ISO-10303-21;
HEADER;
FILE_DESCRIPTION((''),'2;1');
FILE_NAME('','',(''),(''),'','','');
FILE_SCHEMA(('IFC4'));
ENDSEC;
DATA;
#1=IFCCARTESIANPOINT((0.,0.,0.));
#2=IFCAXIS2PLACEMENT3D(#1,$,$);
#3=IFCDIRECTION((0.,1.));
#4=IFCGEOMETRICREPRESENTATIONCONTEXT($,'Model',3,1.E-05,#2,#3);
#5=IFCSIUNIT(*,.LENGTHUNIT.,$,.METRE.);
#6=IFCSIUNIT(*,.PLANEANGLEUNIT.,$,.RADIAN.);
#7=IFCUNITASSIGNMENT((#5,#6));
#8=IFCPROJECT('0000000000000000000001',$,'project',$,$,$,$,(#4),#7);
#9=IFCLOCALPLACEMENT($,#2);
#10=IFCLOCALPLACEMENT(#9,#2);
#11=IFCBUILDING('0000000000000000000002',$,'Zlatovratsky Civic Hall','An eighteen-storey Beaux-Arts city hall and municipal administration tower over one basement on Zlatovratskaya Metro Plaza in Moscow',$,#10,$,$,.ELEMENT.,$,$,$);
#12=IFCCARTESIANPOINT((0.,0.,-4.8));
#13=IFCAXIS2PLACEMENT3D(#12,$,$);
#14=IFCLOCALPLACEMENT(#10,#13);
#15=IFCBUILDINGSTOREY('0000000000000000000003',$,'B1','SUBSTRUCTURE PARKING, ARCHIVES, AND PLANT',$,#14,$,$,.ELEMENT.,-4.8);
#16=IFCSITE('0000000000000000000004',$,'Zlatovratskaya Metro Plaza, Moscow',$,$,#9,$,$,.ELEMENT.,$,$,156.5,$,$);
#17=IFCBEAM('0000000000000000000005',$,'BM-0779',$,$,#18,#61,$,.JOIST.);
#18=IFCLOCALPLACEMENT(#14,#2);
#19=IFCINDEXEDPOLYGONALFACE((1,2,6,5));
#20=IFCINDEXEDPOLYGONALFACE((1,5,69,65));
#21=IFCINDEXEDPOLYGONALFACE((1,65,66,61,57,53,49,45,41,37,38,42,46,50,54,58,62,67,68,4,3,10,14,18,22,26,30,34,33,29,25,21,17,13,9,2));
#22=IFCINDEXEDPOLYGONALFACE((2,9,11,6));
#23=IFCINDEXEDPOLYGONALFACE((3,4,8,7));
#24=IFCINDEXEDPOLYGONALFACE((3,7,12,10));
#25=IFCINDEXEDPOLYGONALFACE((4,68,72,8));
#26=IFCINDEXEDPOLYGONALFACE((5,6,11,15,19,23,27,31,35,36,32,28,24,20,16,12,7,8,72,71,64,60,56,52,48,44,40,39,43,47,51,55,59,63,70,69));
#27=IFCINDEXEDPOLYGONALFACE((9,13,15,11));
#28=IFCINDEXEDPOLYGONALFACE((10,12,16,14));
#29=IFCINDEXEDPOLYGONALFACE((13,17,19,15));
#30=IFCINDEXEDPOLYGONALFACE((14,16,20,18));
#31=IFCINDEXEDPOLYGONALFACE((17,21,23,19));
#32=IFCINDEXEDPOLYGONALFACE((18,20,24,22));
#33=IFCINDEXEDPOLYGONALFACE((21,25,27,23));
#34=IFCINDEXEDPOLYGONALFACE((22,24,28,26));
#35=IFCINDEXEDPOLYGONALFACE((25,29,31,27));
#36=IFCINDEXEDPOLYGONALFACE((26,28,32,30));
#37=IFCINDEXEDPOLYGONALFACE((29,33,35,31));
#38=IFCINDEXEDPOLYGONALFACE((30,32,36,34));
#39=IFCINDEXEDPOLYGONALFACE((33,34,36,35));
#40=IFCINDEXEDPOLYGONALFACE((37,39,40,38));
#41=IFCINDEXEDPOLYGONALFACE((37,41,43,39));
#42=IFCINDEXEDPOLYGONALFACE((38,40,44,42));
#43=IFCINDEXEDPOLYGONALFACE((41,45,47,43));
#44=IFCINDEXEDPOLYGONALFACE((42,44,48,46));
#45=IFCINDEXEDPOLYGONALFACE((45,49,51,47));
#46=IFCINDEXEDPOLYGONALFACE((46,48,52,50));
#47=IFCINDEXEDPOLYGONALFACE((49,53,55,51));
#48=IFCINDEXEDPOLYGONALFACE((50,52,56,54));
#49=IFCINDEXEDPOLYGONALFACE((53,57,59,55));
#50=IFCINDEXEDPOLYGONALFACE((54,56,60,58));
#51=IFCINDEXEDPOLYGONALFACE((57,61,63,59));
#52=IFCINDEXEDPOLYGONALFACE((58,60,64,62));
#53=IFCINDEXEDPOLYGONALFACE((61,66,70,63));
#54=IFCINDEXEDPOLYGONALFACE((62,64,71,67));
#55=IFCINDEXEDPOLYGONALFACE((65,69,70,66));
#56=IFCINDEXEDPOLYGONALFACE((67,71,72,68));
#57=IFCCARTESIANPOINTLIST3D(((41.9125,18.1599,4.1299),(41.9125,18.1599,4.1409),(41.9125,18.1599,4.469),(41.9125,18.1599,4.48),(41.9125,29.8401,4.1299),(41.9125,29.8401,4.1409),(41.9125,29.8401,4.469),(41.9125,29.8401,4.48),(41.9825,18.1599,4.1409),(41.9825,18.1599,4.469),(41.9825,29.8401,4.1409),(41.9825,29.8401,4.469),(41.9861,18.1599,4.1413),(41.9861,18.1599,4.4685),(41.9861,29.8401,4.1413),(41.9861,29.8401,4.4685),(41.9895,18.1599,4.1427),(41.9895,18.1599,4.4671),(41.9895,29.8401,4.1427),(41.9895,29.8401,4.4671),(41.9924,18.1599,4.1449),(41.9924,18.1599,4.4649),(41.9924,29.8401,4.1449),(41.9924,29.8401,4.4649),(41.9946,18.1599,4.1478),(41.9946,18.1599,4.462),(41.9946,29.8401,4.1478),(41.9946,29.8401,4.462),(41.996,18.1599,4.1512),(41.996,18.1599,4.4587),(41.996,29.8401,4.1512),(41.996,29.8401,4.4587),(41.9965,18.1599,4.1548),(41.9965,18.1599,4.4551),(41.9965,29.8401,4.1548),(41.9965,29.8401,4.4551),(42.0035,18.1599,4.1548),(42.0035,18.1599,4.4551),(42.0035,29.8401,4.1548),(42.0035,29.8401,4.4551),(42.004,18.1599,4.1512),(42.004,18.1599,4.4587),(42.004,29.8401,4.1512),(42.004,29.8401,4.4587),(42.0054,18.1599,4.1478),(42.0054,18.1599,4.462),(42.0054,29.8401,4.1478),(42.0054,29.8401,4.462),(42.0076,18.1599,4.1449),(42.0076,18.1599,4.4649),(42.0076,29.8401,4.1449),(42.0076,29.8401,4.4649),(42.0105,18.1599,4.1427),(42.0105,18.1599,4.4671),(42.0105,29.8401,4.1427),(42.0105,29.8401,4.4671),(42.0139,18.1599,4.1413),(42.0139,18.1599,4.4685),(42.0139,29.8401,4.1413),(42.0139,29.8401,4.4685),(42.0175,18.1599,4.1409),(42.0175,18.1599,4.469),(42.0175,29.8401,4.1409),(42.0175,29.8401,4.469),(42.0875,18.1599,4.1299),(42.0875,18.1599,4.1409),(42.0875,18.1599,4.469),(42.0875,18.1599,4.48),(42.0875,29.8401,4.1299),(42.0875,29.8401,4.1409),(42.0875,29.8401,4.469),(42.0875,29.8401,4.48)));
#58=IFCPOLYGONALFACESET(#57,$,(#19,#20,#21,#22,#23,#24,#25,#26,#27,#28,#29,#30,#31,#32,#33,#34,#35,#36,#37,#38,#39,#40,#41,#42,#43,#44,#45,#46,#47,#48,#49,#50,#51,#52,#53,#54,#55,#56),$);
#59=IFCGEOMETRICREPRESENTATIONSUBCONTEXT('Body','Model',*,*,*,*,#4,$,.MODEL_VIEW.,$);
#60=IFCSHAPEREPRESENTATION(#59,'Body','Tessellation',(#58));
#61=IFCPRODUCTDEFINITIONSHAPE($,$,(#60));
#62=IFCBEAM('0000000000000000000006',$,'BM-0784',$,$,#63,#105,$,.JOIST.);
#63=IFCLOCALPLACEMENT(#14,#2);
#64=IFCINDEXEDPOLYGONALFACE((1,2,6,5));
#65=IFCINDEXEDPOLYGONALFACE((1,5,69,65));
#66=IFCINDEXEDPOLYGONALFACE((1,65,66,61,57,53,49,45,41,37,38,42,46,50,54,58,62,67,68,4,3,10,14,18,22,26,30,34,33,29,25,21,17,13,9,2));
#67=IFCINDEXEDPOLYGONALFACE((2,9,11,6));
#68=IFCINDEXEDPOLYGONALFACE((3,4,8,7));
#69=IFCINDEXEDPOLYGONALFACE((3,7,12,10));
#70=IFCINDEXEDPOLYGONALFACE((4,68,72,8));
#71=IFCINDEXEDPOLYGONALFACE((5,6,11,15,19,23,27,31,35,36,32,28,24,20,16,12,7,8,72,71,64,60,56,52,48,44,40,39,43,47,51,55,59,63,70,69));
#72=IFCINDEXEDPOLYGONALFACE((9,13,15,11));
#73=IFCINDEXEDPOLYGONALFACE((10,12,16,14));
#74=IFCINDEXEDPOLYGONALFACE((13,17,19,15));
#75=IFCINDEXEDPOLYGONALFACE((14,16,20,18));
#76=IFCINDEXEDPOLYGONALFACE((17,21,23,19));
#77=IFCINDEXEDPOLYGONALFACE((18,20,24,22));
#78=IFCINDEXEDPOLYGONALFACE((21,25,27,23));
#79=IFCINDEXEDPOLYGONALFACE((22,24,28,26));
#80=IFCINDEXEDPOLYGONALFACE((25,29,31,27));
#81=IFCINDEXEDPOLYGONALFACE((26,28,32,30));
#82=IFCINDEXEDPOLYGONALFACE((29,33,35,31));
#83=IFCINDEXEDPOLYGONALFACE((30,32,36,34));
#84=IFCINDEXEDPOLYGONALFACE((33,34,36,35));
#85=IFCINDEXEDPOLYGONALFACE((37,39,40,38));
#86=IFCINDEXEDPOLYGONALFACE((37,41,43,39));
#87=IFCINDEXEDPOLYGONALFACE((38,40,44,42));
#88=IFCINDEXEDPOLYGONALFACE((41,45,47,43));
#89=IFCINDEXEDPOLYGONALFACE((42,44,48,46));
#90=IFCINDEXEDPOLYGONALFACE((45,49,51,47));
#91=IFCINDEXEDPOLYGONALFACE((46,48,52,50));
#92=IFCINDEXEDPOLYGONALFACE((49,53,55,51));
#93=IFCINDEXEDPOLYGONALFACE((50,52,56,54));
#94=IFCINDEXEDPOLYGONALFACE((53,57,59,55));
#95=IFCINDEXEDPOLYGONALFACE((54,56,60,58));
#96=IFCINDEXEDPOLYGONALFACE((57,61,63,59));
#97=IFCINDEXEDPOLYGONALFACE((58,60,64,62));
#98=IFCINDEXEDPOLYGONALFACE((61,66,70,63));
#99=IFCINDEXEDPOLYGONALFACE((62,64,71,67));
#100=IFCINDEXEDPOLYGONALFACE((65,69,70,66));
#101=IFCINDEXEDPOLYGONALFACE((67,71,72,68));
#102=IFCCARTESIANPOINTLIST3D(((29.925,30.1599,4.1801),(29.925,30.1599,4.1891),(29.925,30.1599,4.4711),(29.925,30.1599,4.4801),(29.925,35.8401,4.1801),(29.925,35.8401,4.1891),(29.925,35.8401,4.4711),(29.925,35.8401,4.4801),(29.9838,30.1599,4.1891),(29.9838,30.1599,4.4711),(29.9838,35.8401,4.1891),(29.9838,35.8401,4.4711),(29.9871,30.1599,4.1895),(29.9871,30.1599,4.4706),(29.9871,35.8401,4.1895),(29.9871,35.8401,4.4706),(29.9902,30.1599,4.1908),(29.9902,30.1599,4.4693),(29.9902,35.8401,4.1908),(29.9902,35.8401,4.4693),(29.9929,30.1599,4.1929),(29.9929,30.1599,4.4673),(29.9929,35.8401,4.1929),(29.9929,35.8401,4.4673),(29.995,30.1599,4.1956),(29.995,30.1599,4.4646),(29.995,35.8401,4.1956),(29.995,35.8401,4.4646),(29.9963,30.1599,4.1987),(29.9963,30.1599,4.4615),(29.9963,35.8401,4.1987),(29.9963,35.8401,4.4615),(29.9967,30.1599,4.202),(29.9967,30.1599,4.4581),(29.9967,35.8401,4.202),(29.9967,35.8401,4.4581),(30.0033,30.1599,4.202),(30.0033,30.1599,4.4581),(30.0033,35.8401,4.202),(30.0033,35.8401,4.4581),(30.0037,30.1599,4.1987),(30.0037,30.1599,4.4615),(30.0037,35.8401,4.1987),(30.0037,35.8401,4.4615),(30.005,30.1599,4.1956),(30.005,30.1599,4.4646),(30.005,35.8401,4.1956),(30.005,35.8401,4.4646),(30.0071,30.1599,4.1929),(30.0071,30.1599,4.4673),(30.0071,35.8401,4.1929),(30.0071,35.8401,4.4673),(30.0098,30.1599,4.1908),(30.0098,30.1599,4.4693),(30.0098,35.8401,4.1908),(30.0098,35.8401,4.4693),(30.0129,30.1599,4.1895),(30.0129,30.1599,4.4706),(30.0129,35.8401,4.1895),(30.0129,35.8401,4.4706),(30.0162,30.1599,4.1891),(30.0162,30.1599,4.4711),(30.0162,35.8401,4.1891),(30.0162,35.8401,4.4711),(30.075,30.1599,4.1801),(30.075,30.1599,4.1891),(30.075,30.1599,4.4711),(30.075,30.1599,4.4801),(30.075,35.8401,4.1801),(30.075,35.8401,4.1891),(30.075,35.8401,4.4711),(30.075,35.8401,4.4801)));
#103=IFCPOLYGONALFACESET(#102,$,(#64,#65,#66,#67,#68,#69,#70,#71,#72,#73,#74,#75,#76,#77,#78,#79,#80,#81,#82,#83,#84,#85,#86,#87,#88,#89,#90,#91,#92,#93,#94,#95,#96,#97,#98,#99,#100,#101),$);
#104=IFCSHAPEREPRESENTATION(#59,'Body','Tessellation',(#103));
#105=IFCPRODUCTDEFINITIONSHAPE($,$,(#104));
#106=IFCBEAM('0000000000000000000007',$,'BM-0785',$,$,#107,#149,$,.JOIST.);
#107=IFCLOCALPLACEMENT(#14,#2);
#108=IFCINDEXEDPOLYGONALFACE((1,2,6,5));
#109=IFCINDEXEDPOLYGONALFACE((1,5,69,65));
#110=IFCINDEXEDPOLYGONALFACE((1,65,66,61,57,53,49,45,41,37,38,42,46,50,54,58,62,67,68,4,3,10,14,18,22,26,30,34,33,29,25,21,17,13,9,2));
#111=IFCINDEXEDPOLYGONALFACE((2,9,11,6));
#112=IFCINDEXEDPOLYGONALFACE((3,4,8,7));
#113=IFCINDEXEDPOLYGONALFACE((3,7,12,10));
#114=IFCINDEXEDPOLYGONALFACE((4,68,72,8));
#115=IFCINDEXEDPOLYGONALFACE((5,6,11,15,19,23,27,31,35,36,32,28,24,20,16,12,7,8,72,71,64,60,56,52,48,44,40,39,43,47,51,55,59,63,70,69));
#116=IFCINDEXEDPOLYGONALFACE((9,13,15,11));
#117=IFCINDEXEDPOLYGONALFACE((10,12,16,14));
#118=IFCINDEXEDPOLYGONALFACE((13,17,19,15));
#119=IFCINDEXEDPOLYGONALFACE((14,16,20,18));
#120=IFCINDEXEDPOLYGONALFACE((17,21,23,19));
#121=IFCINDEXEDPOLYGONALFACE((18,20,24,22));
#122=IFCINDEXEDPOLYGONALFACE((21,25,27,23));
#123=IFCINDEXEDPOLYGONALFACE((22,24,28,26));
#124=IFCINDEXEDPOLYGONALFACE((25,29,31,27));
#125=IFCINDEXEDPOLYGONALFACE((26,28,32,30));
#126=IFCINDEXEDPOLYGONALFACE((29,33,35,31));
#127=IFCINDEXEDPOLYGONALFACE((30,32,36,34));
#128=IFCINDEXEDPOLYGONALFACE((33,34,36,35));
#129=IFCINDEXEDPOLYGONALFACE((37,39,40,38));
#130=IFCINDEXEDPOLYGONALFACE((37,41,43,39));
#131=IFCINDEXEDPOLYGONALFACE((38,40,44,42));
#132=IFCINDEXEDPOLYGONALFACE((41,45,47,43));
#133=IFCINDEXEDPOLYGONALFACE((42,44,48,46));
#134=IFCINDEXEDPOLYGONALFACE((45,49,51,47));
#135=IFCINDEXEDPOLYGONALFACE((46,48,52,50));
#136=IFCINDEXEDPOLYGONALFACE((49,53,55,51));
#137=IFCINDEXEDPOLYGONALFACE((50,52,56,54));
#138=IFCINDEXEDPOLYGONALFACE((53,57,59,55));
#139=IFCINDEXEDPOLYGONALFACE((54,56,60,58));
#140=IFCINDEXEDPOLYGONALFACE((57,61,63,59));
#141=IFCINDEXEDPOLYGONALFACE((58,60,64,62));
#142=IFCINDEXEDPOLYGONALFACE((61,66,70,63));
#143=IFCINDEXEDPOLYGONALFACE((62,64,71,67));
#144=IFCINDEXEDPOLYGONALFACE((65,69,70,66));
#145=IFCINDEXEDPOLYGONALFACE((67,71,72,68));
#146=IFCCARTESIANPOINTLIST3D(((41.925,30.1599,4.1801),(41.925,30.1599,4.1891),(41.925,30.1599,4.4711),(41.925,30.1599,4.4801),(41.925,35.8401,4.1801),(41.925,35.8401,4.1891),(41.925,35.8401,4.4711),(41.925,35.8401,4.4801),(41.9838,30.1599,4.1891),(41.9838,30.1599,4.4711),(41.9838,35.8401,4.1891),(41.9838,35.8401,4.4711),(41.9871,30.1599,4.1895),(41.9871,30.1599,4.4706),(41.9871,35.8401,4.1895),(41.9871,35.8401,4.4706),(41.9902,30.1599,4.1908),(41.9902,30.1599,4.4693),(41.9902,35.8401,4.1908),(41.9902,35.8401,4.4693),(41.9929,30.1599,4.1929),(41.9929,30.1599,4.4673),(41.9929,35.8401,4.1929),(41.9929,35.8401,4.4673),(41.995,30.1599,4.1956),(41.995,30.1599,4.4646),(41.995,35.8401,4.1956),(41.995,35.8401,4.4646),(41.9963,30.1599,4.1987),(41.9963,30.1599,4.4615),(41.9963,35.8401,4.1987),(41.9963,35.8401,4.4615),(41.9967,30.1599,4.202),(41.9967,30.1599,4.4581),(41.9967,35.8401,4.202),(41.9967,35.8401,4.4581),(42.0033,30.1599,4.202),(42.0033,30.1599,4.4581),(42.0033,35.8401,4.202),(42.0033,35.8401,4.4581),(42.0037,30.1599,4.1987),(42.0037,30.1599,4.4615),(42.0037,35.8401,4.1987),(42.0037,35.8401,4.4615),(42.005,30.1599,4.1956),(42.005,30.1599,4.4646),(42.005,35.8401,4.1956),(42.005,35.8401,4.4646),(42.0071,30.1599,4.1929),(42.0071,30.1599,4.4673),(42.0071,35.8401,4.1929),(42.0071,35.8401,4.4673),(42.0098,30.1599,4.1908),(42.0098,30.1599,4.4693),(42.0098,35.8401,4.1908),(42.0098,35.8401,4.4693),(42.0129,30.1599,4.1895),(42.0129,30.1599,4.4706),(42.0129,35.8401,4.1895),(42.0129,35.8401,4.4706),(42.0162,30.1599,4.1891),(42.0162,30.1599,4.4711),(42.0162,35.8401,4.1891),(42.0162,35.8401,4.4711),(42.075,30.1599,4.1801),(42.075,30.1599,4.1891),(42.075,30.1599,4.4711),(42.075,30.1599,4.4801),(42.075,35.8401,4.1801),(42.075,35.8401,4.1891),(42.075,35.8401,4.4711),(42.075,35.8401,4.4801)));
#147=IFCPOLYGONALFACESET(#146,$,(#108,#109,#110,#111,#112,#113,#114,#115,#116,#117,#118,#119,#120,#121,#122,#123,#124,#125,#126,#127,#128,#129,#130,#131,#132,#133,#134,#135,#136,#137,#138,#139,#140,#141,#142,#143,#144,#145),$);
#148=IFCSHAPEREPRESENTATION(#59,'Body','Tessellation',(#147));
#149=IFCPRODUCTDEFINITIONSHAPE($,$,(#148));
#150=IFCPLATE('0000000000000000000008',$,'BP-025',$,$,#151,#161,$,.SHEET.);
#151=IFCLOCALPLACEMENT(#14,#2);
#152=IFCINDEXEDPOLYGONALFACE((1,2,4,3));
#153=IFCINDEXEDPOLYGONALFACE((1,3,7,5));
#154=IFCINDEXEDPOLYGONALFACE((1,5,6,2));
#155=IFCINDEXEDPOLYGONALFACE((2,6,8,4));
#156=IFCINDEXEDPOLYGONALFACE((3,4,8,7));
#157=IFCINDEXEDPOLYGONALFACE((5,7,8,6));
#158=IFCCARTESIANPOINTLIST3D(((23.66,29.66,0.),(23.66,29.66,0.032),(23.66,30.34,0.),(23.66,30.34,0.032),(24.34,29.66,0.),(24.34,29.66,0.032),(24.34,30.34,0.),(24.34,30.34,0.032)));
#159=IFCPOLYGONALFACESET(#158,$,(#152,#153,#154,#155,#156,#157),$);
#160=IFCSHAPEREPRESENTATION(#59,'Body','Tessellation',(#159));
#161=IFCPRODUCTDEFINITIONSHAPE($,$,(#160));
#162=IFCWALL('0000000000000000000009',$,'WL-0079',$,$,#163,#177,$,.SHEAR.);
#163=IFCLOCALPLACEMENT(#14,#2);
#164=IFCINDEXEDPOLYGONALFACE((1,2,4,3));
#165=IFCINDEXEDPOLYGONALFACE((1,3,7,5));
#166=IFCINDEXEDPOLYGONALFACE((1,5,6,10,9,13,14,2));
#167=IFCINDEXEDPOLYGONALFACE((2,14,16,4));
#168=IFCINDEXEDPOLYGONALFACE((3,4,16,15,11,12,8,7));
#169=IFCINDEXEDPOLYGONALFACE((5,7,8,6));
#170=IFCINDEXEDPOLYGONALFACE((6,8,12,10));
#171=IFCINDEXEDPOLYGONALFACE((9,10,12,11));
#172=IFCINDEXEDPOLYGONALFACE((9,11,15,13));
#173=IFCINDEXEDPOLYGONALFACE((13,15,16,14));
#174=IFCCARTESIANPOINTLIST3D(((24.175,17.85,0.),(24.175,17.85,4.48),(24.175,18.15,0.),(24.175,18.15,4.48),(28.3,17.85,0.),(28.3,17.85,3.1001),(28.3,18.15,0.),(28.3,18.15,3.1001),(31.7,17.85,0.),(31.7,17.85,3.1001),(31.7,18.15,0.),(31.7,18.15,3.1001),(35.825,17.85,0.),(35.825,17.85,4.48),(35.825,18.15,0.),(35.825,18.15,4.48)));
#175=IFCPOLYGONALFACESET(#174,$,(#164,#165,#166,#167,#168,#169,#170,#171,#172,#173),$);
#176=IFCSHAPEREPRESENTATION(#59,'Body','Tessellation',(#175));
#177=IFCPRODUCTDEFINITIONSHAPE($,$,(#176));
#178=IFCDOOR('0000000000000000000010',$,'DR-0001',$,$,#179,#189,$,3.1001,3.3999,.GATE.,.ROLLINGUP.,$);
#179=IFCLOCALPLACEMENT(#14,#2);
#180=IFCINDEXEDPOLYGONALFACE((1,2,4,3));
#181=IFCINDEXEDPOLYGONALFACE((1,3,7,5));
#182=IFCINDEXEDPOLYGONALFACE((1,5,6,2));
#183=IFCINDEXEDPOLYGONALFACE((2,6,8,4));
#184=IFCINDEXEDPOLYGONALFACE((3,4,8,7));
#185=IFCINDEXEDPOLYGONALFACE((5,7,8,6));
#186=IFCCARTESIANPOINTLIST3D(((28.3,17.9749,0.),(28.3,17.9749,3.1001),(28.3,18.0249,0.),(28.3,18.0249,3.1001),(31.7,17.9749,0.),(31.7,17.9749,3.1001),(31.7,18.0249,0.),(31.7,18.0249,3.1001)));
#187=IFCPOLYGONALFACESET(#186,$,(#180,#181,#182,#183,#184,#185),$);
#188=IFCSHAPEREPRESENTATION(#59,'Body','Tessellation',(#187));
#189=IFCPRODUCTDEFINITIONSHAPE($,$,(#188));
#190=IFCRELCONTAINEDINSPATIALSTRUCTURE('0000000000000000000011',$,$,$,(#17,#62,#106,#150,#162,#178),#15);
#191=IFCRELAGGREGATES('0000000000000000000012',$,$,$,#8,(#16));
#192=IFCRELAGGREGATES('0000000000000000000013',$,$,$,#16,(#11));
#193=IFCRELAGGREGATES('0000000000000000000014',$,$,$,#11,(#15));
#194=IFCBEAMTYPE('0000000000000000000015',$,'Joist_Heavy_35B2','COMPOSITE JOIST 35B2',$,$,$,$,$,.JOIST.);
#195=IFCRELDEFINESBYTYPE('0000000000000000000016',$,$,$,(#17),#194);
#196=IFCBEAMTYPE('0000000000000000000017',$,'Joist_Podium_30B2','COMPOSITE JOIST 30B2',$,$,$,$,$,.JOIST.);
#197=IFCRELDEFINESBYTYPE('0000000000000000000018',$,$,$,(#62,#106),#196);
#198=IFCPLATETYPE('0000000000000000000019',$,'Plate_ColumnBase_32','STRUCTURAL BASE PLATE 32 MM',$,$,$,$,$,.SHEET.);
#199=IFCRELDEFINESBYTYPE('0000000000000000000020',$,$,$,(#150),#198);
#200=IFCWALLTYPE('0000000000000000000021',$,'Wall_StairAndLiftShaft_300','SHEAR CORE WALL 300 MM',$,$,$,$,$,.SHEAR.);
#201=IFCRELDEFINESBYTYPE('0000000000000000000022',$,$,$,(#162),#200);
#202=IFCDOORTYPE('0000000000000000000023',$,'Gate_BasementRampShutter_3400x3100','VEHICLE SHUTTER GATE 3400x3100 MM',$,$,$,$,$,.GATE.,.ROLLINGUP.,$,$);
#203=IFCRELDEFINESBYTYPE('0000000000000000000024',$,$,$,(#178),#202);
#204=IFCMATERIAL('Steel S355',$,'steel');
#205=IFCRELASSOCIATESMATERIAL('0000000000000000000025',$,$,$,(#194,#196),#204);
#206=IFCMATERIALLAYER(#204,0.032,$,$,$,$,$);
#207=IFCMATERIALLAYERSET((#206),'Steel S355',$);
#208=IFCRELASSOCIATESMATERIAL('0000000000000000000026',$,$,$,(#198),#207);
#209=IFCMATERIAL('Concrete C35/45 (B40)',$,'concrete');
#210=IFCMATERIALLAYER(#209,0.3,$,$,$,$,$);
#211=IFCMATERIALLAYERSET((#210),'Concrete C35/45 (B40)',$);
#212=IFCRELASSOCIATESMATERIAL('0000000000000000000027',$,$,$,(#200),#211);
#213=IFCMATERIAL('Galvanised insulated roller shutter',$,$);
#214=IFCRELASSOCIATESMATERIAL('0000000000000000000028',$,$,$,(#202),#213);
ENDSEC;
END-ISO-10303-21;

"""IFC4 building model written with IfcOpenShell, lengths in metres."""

from ifc_helpers import new_model, si_unit, direction, frame, frame_2d, origin, origin_2d, place, context, subcontext, project, spatial, rectangle, i_section, extrude, material, layer, layer_set, material_profile, profile_set, type_object, element, fill, save


model = new_model("IFC4")

# Units and contexts
model_context = context("Model", 3, precision=1e-05, world=origin(), true_north=direction((0.0, 1.0)))
body_context = subcontext(model_context, "Body", "Model", "MODEL_VIEW")
ifc_project = project(units=[si_unit("LENGTHUNIT", "METRE"), si_unit("PLANEANGLEUNIT", "RADIAN")], contexts=[model_context])

# Site, building, storey
site_placement = place(None, origin())
site = spatial("IfcSite", under=ifc_project, at=site_placement, Name="Zlatovratskaya Metro Plaza, Moscow", CompositionType="ELEMENT", RefElevation=156.5)
building_placement = place(site_placement, origin())
building = spatial("IfcBuilding", under=site, at=building_placement, Name="Zlatovratsky Civic Hall", Description="An eighteen-storey Beaux-Arts city hall and municipal administration tower over one basement on Zlatovratskaya Metro Plaza in Moscow", CompositionType="ELEMENT")
storey_placement = place(building_placement, frame((0.0, 0.0, -4.8)))
storey = spatial("IfcBuildingStorey", under=building, at=storey_placement, Name="B1", Description="SUBSTRUCTURE PARKING, ARCHIVES, AND PLANT", CompositionType="ELEMENT", Elevation=-4.8)

# Shared definitions
ifc_material_1 = material(Name="Steel S355", Category="steel")

# Beams
ifc_material_profile_1 = material_profile(ifc_material_1, i_section(OverallWidth=0.175, OverallDepth=0.3501, WebThickness=0.0071, FlangeThickness=0.011, FilletRadius=0.0139, at=origin_2d()), Name="35B2")
ifc_profile_set_1 = profile_set([ifc_material_profile_1], Name="Steel S355")
beam_type_1 = type_object("IfcBeamType", Name="Joist_Heavy_35B2", Description="COMPOSITE JOIST 35B2", PredefinedType="JOIST", material=ifc_profile_set_1)
for number, where, z_axis, x_axis, name in (
    (1, (42.0, 18.1599, 4.3049), (0.0, 1.0, 0.0), (-1.0, 0.0, 0.0), "BM-0779"),
):
    element("IfcBeam", number, at=place(storey_placement, frame(where, z_axis=z_axis, x_axis=x_axis)), inside=storey, type_object=beam_type_1, Name=name, PredefinedType="JOIST", context=body_context, shape_type="SweptSolid", body=[
        extrude(i_section(OverallWidth=0.175, OverallDepth=0.3501, WebThickness=0.0071, FlangeThickness=0.011, FilletRadius=0.0139, at=origin_2d()), origin(), (0.0, 0.0, 1.0), 11.6802),
    ])
ifc_material_profile_2 = material_profile(ifc_material_1, i_section(OverallWidth=0.1499, OverallDepth=0.3, WebThickness=0.0066, FlangeThickness=0.009, FilletRadius=0.0129, at=origin_2d()), Name="30B2")
ifc_profile_set_2 = profile_set([ifc_material_profile_2], Name="Steel S355")
beam_type_2 = type_object("IfcBeamType", Name="Joist_Podium_30B2", Description="COMPOSITE JOIST 30B2", PredefinedType="JOIST", material=ifc_profile_set_2)
for number, where, z_axis, x_axis, name in (
    (2, (30.0, 30.1599, 4.3301), (0.0, 1.0, 0.0), (-1.0, 0.0, 0.0), "BM-0784"),
    (3, (42.0, 30.1599, 4.3301), (0.0, 1.0, 0.0), (-1.0, 0.0, 0.0), "BM-0785"),
):
    element("IfcBeam", number, at=place(storey_placement, frame(where, z_axis=z_axis, x_axis=x_axis)), inside=storey, type_object=beam_type_2, Name=name, PredefinedType="JOIST", context=body_context, shape_type="SweptSolid", body=[
        extrude(i_section(OverallWidth=0.1499, OverallDepth=0.3, WebThickness=0.0066, FlangeThickness=0.009, FilletRadius=0.0129, at=origin_2d()), origin(), (0.0, 0.0, 1.0), 5.6802),
    ])

# Plate
ifc_layer_1 = layer(ifc_material_1, 0.032)
ifc_layer_set_1 = layer_set([ifc_layer_1], Name="Steel S355")
plate_type = type_object("IfcPlateType", Name="Plate_ColumnBase_32", Description="STRUCTURAL BASE PLATE 32 MM", PredefinedType="SHEET", material=ifc_layer_set_1)
plate_placement = place(storey_placement, frame((24.0, 30.0, 0.0), z_axis=(0.0, 0.0, 1.0), x_axis=(1.0, 0.0, 0.0)))
element("IfcPlate", 4, at=plate_placement, inside=storey, type_object=plate_type, Name="BP-025", PredefinedType="SHEET", context=body_context, shape_type="SweptSolid", body=[
    extrude(rectangle(XDim=0.6799, YDim=0.6799, at=origin_2d()), origin(), (0.0, 0.0, 1.0), 0.032),
])

# Wall, opening, door
ifc_material_2 = material(Name="Concrete C35/45 (B40)", Category="concrete")
ifc_layer_2 = layer(ifc_material_2, 0.3)
ifc_layer_set_2 = layer_set([ifc_layer_2], Name="Concrete C35/45 (B40)")
wall_type = type_object("IfcWallType", Name="Wall_StairAndLiftShaft_300", Description="SHEAR CORE WALL 300 MM", PredefinedType="SHEAR", material=ifc_layer_set_2)
wall_placement = place(storey_placement, frame((24.175, 18.0, 0.0), z_axis=(0.0, 0.0, 1.0), x_axis=(1.0, 0.0, 0.0)))
wall = element("IfcWall", 5, at=wall_placement, inside=storey, type_object=wall_type, Name="WL-0079", PredefinedType="SHEAR", context=body_context, shape_type="SweptSolid", body=[
    extrude(rectangle(XDim=11.6499, YDim=0.3, at=frame_2d((5.825, 0.0))), origin(), (0.0, 0.0, 1.0), 4.48),
])
opening_placement = place(wall_placement, frame((4.125, 0.0, 0.0)))
opening = element("IfcOpeningElement", 6, at=opening_placement, cuts=wall, PredefinedType="OPENING", context=body_context, shape_type="SweptSolid", body=[
    extrude(rectangle(XDim=3.3999, YDim=3.1001, at=frame_2d((1.7, 1.55))), frame((0.0, 0.165, 0.0), z_axis=(0.0, -1.0, 0.0), x_axis=(1.0, 0.0, 0.0)), (0.0, 0.0, 1.0), 0.3298),
])
ifc_material_3 = material(Name="Galvanised insulated roller shutter")
door_type = type_object("IfcDoorType", Name="Gate_BasementRampShutter_3400x3100", Description="VEHICLE SHUTTER GATE 3400x3100 MM", OperationType="ROLLINGUP", PredefinedType="GATE", material=ifc_material_3)
door_placement = place(opening_placement, origin())
door = element("IfcDoor", 7, at=door_placement, inside=storey, type_object=door_type, Name="DR-0001", OperationType="ROLLINGUP", OverallHeight=3.1001, OverallWidth=3.3999, PredefinedType="GATE", context=body_context, shape_type="SweptSolid", body=[
    extrude(rectangle(XDim=3.3999, YDim=3.1001, at=frame_2d((1.7, 1.55))), frame((0.0, 0.0249, 0.0), z_axis=(0.0, -1.0, 0.0), x_axis=(1.0, 0.0, 0.0)), (0.0, 0.0, 1.0), 0.05),
])
fill(opening, door)

save(model, "model.ifc")
